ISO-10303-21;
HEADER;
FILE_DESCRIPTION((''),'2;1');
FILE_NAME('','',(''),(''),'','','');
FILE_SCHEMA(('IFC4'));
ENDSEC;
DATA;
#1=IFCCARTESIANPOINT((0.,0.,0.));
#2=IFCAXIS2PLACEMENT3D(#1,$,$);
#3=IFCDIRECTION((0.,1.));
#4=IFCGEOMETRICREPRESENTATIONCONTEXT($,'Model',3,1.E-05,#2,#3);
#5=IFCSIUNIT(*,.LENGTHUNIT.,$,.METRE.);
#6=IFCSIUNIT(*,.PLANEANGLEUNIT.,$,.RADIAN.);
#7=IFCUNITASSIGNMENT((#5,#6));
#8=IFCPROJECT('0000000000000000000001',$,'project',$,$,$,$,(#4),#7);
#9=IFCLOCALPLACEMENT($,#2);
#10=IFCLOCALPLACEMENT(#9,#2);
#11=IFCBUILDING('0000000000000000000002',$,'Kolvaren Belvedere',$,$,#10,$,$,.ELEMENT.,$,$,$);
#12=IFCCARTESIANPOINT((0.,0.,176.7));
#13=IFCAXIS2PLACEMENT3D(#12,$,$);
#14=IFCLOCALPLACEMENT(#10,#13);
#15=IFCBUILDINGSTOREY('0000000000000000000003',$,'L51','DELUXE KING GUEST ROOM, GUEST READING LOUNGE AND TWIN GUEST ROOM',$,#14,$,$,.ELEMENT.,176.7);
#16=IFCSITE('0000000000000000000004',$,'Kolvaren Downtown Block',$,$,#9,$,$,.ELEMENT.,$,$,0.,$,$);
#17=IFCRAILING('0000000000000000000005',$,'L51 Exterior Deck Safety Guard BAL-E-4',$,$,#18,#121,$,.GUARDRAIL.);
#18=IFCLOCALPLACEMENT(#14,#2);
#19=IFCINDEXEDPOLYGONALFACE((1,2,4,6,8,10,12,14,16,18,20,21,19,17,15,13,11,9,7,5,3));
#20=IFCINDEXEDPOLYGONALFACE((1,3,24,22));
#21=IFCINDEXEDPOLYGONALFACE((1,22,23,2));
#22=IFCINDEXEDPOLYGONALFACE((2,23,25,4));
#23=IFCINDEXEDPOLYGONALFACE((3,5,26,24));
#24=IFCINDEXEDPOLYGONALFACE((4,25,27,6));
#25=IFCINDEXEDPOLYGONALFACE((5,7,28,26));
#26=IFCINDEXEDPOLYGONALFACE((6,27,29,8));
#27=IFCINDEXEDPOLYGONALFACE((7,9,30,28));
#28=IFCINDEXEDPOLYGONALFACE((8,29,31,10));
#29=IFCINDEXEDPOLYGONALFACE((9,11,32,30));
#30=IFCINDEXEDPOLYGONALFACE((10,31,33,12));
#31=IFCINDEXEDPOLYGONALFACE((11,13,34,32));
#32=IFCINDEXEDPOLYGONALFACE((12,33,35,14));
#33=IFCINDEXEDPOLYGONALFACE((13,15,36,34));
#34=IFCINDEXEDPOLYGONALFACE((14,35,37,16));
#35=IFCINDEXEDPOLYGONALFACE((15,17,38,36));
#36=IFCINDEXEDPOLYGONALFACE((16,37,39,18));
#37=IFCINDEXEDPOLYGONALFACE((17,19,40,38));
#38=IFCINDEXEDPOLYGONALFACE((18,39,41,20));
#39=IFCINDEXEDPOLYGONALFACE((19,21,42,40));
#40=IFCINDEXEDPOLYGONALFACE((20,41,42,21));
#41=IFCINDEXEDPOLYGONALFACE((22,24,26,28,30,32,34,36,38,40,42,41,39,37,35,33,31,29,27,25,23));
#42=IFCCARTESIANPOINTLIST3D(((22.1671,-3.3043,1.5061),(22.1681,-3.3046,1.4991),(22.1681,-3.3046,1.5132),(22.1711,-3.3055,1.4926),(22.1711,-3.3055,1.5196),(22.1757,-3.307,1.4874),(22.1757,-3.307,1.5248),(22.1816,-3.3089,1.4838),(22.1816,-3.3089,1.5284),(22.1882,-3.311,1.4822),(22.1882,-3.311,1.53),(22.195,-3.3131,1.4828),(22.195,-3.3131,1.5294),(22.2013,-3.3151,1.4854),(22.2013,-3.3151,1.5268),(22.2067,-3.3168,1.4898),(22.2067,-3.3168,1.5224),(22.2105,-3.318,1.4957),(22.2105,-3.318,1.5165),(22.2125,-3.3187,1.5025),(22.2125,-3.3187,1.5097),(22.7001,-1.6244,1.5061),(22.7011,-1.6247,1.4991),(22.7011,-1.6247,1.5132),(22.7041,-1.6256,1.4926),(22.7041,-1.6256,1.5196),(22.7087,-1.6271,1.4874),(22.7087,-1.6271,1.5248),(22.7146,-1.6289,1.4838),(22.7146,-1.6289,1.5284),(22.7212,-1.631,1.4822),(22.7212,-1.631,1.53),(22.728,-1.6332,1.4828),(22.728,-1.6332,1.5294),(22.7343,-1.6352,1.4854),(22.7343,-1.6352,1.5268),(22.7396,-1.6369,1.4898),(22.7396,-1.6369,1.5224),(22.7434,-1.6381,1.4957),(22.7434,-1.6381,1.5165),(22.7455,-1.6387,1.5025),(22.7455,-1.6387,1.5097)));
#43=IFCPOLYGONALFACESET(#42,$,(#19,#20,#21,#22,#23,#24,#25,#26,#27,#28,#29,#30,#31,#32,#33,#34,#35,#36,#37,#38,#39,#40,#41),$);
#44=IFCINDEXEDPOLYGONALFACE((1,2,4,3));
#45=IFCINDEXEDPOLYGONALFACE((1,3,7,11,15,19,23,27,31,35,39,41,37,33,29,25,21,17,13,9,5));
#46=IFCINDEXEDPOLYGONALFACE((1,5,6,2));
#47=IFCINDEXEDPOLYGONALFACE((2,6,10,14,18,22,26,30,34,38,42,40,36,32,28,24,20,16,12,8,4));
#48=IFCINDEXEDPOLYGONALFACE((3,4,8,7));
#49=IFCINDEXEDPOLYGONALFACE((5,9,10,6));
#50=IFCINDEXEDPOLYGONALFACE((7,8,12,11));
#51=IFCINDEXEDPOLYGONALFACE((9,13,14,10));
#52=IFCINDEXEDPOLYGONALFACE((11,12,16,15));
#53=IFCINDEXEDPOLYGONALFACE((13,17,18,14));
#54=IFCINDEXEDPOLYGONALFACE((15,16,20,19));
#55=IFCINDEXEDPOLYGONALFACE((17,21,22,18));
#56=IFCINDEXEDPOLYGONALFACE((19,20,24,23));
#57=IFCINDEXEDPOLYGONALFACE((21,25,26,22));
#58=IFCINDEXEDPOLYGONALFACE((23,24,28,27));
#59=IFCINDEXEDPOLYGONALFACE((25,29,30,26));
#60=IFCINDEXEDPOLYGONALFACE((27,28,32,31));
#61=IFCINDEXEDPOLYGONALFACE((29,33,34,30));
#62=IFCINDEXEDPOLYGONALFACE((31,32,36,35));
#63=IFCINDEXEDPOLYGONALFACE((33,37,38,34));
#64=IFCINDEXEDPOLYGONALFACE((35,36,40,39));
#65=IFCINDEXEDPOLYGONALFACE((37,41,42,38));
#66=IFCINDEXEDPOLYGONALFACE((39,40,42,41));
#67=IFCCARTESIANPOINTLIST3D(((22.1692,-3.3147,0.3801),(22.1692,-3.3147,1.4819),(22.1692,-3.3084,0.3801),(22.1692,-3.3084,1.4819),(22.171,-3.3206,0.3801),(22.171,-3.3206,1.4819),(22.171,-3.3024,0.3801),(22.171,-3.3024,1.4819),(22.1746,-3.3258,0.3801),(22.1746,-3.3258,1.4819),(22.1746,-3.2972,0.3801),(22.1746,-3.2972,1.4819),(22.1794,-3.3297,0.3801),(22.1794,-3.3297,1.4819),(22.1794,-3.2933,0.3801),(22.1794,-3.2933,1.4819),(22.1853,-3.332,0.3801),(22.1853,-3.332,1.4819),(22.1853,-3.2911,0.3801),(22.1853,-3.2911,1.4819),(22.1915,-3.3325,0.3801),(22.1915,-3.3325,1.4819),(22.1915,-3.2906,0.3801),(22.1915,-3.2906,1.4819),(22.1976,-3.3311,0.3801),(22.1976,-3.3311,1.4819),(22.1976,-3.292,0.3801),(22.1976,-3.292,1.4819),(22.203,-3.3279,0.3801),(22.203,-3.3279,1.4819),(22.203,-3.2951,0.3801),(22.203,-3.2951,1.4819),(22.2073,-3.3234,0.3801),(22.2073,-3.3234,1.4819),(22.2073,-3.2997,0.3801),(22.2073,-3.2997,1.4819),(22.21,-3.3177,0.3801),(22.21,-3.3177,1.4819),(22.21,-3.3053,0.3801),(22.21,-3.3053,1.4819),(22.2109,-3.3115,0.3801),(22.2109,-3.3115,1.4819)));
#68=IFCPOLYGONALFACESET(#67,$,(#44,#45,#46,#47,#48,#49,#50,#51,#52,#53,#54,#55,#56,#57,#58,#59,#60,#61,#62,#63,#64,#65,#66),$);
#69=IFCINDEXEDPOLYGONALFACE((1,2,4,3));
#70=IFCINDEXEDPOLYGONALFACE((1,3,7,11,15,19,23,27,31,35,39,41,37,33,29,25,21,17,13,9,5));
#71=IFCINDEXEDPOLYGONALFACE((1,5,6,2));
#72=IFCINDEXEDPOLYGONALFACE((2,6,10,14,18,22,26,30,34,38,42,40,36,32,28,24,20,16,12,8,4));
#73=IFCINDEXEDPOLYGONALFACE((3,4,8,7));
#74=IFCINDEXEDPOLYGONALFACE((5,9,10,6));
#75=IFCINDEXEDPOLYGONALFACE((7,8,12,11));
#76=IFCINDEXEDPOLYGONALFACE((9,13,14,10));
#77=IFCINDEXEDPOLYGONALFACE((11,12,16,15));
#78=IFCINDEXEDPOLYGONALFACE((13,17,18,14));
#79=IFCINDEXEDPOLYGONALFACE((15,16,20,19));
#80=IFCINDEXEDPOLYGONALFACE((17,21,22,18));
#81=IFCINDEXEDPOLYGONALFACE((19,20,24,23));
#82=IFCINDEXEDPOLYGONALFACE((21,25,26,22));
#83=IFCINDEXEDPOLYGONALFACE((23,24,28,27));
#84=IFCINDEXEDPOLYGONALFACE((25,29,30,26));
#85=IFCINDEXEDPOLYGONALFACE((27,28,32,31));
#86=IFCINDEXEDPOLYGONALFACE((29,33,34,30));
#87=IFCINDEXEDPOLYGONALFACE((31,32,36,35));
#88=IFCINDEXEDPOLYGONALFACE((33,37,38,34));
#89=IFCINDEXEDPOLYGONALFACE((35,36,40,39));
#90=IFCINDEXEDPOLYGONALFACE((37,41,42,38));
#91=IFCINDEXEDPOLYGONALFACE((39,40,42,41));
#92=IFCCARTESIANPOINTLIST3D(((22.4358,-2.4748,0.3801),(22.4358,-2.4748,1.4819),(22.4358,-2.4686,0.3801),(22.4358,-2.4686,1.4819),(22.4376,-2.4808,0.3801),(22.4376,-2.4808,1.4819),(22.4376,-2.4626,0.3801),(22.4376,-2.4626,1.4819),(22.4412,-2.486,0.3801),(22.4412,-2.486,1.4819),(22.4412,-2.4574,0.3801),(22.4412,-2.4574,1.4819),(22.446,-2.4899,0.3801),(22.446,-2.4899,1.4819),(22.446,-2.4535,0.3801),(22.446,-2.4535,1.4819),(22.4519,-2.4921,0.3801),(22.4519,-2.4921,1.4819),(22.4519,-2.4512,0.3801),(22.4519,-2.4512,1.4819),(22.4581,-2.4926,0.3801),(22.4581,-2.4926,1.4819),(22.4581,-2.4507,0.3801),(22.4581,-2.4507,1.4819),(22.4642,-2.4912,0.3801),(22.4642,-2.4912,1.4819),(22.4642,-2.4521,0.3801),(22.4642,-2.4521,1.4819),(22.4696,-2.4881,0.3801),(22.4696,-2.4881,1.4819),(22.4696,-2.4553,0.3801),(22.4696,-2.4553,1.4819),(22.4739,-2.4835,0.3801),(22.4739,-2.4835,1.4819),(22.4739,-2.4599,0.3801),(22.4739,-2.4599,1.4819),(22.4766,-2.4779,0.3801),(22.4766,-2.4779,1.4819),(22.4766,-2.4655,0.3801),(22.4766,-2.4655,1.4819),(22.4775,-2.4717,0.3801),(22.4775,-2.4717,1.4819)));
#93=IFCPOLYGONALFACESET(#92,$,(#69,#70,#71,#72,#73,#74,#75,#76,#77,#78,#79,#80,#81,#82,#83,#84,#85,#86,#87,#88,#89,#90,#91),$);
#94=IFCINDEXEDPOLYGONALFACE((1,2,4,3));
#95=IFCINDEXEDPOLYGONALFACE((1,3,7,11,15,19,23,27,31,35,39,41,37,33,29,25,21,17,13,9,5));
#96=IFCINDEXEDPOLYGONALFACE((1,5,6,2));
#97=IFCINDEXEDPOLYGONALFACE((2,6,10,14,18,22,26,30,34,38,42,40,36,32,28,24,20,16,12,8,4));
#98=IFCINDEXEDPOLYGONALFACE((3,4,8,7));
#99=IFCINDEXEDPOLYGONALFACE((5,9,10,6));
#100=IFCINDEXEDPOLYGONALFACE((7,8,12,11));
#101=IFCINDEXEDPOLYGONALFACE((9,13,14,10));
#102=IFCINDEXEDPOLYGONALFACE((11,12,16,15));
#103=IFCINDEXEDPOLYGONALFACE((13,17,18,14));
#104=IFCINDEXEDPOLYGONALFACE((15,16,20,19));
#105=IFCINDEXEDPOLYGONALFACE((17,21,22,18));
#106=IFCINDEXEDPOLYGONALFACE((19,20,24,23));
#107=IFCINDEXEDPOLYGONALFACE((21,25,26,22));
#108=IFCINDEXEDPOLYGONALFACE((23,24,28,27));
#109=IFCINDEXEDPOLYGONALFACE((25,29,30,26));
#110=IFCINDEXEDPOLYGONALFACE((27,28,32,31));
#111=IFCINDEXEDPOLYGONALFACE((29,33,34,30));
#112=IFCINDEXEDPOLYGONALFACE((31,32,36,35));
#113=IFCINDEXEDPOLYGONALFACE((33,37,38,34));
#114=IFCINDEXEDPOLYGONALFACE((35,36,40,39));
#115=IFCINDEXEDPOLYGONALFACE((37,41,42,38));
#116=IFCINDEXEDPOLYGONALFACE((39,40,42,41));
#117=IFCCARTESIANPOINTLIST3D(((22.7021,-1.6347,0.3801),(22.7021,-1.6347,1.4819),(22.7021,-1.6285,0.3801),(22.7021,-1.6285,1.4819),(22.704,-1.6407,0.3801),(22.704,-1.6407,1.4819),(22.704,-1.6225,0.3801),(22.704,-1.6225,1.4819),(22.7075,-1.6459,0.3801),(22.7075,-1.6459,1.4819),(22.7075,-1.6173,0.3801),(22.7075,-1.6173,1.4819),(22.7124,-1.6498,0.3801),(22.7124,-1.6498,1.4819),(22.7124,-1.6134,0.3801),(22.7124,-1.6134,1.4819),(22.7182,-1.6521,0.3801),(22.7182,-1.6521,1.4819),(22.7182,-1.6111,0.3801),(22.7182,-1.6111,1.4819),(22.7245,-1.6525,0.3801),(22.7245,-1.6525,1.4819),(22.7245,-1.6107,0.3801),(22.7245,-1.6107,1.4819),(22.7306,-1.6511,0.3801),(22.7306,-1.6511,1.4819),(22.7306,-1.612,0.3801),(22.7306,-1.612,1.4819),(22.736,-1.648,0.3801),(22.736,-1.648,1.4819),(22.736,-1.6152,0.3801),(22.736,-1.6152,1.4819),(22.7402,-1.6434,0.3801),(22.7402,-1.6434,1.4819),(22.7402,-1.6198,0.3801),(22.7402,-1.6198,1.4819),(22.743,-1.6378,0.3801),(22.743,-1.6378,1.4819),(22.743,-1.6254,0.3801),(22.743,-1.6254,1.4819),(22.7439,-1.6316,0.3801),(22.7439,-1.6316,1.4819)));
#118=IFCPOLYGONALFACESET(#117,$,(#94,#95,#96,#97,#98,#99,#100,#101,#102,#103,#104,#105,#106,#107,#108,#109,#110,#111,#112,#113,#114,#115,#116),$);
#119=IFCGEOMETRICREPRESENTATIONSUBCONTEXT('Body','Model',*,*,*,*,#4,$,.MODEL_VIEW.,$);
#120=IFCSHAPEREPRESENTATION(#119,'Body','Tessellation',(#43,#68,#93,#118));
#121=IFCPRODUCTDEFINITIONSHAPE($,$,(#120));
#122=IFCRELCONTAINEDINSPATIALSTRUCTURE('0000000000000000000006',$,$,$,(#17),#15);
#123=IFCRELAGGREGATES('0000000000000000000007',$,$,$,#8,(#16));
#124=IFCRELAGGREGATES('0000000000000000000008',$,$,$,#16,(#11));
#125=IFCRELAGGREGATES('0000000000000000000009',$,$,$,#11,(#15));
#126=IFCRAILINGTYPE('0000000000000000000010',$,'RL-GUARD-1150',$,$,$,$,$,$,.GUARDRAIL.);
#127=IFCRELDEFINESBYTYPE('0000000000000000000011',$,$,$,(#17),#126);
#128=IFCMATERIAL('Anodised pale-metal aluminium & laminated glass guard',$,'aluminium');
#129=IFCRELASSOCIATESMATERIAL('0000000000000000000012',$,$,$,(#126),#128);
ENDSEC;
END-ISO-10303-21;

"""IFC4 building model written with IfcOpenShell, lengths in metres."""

from ifc_helpers import new_model, si_unit, direction, frame, origin, origin_2d, place, context, subcontext, project, spatial, circle, extrude, material, type_object, element, save


model = new_model("IFC4")

# Units and contexts
model_context = context("Model", 3, precision=1e-05, world=origin(), true_north=direction((0.0, 1.0)))
body_context = subcontext(model_context, "Body", "Model", "MODEL_VIEW")
ifc_project = project(units=[si_unit("LENGTHUNIT", "METRE"), si_unit("PLANEANGLEUNIT", "RADIAN")], contexts=[model_context])

# Site, building, storey
site_placement = place(None, origin())
site = spatial("IfcSite", under=ifc_project, at=site_placement, Name="Kolvaren Downtown Block", CompositionType="ELEMENT", RefElevation=0.0)
building_placement = place(site_placement, origin())
building = spatial("IfcBuilding", under=site, at=building_placement, Name="Kolvaren Belvedere", CompositionType="ELEMENT")
storey_placement = place(building_placement, frame((0.0, 0.0, 176.7)))
storey = spatial("IfcBuildingStorey", under=building, at=storey_placement, Name="L51", Description="DELUXE KING GUEST ROOM, GUEST READING LOUNGE AND TWIN GUEST ROOM", CompositionType="ELEMENT", Elevation=176.7)

# Railing
ifc_material_1 = material(Name="Anodised pale-metal aluminium & laminated glass guard", Category="aluminium")
railing_type = type_object("IfcRailingType", Name="RL-GUARD-1150", PredefinedType="GUARDRAIL", material=ifc_material_1)
railing_1_placement = place(storey_placement, frame((22.1899, -3.3115, 0.3801)))
element("IfcRailing", 1, at=railing_1_placement, inside=storey, type_object=railing_type, Name="L51 Exterior Deck Safety Guard BAL-E-4", PredefinedType="GUARDRAIL", context=body_context, shape_type="SweptSolid", body=[
    extrude(circle(Radius=0.0239, at=origin_2d()), frame((0.0, 0.0, 1.126), z_axis=(0.302397, 0.953182, 0.0), x_axis=(-0.953182, 0.302397, 0.0)), (0.0, 0.0, 1.0), 1.7625),
    extrude(circle(Radius=0.021, at=origin_2d()), origin(), (0.0, 0.0, 1.0), 1.1018),
    extrude(circle(Radius=0.021, at=origin_2d()), frame((0.2666, 0.8398, 0.0)), (0.0, 0.0, 1.0), 1.1018),
    extrude(circle(Radius=0.021, at=origin_2d()), frame((0.533, 1.6799, 0.0)), (0.0, 0.0, 1.0), 1.1018),
])

save(model, "model.ifc")
